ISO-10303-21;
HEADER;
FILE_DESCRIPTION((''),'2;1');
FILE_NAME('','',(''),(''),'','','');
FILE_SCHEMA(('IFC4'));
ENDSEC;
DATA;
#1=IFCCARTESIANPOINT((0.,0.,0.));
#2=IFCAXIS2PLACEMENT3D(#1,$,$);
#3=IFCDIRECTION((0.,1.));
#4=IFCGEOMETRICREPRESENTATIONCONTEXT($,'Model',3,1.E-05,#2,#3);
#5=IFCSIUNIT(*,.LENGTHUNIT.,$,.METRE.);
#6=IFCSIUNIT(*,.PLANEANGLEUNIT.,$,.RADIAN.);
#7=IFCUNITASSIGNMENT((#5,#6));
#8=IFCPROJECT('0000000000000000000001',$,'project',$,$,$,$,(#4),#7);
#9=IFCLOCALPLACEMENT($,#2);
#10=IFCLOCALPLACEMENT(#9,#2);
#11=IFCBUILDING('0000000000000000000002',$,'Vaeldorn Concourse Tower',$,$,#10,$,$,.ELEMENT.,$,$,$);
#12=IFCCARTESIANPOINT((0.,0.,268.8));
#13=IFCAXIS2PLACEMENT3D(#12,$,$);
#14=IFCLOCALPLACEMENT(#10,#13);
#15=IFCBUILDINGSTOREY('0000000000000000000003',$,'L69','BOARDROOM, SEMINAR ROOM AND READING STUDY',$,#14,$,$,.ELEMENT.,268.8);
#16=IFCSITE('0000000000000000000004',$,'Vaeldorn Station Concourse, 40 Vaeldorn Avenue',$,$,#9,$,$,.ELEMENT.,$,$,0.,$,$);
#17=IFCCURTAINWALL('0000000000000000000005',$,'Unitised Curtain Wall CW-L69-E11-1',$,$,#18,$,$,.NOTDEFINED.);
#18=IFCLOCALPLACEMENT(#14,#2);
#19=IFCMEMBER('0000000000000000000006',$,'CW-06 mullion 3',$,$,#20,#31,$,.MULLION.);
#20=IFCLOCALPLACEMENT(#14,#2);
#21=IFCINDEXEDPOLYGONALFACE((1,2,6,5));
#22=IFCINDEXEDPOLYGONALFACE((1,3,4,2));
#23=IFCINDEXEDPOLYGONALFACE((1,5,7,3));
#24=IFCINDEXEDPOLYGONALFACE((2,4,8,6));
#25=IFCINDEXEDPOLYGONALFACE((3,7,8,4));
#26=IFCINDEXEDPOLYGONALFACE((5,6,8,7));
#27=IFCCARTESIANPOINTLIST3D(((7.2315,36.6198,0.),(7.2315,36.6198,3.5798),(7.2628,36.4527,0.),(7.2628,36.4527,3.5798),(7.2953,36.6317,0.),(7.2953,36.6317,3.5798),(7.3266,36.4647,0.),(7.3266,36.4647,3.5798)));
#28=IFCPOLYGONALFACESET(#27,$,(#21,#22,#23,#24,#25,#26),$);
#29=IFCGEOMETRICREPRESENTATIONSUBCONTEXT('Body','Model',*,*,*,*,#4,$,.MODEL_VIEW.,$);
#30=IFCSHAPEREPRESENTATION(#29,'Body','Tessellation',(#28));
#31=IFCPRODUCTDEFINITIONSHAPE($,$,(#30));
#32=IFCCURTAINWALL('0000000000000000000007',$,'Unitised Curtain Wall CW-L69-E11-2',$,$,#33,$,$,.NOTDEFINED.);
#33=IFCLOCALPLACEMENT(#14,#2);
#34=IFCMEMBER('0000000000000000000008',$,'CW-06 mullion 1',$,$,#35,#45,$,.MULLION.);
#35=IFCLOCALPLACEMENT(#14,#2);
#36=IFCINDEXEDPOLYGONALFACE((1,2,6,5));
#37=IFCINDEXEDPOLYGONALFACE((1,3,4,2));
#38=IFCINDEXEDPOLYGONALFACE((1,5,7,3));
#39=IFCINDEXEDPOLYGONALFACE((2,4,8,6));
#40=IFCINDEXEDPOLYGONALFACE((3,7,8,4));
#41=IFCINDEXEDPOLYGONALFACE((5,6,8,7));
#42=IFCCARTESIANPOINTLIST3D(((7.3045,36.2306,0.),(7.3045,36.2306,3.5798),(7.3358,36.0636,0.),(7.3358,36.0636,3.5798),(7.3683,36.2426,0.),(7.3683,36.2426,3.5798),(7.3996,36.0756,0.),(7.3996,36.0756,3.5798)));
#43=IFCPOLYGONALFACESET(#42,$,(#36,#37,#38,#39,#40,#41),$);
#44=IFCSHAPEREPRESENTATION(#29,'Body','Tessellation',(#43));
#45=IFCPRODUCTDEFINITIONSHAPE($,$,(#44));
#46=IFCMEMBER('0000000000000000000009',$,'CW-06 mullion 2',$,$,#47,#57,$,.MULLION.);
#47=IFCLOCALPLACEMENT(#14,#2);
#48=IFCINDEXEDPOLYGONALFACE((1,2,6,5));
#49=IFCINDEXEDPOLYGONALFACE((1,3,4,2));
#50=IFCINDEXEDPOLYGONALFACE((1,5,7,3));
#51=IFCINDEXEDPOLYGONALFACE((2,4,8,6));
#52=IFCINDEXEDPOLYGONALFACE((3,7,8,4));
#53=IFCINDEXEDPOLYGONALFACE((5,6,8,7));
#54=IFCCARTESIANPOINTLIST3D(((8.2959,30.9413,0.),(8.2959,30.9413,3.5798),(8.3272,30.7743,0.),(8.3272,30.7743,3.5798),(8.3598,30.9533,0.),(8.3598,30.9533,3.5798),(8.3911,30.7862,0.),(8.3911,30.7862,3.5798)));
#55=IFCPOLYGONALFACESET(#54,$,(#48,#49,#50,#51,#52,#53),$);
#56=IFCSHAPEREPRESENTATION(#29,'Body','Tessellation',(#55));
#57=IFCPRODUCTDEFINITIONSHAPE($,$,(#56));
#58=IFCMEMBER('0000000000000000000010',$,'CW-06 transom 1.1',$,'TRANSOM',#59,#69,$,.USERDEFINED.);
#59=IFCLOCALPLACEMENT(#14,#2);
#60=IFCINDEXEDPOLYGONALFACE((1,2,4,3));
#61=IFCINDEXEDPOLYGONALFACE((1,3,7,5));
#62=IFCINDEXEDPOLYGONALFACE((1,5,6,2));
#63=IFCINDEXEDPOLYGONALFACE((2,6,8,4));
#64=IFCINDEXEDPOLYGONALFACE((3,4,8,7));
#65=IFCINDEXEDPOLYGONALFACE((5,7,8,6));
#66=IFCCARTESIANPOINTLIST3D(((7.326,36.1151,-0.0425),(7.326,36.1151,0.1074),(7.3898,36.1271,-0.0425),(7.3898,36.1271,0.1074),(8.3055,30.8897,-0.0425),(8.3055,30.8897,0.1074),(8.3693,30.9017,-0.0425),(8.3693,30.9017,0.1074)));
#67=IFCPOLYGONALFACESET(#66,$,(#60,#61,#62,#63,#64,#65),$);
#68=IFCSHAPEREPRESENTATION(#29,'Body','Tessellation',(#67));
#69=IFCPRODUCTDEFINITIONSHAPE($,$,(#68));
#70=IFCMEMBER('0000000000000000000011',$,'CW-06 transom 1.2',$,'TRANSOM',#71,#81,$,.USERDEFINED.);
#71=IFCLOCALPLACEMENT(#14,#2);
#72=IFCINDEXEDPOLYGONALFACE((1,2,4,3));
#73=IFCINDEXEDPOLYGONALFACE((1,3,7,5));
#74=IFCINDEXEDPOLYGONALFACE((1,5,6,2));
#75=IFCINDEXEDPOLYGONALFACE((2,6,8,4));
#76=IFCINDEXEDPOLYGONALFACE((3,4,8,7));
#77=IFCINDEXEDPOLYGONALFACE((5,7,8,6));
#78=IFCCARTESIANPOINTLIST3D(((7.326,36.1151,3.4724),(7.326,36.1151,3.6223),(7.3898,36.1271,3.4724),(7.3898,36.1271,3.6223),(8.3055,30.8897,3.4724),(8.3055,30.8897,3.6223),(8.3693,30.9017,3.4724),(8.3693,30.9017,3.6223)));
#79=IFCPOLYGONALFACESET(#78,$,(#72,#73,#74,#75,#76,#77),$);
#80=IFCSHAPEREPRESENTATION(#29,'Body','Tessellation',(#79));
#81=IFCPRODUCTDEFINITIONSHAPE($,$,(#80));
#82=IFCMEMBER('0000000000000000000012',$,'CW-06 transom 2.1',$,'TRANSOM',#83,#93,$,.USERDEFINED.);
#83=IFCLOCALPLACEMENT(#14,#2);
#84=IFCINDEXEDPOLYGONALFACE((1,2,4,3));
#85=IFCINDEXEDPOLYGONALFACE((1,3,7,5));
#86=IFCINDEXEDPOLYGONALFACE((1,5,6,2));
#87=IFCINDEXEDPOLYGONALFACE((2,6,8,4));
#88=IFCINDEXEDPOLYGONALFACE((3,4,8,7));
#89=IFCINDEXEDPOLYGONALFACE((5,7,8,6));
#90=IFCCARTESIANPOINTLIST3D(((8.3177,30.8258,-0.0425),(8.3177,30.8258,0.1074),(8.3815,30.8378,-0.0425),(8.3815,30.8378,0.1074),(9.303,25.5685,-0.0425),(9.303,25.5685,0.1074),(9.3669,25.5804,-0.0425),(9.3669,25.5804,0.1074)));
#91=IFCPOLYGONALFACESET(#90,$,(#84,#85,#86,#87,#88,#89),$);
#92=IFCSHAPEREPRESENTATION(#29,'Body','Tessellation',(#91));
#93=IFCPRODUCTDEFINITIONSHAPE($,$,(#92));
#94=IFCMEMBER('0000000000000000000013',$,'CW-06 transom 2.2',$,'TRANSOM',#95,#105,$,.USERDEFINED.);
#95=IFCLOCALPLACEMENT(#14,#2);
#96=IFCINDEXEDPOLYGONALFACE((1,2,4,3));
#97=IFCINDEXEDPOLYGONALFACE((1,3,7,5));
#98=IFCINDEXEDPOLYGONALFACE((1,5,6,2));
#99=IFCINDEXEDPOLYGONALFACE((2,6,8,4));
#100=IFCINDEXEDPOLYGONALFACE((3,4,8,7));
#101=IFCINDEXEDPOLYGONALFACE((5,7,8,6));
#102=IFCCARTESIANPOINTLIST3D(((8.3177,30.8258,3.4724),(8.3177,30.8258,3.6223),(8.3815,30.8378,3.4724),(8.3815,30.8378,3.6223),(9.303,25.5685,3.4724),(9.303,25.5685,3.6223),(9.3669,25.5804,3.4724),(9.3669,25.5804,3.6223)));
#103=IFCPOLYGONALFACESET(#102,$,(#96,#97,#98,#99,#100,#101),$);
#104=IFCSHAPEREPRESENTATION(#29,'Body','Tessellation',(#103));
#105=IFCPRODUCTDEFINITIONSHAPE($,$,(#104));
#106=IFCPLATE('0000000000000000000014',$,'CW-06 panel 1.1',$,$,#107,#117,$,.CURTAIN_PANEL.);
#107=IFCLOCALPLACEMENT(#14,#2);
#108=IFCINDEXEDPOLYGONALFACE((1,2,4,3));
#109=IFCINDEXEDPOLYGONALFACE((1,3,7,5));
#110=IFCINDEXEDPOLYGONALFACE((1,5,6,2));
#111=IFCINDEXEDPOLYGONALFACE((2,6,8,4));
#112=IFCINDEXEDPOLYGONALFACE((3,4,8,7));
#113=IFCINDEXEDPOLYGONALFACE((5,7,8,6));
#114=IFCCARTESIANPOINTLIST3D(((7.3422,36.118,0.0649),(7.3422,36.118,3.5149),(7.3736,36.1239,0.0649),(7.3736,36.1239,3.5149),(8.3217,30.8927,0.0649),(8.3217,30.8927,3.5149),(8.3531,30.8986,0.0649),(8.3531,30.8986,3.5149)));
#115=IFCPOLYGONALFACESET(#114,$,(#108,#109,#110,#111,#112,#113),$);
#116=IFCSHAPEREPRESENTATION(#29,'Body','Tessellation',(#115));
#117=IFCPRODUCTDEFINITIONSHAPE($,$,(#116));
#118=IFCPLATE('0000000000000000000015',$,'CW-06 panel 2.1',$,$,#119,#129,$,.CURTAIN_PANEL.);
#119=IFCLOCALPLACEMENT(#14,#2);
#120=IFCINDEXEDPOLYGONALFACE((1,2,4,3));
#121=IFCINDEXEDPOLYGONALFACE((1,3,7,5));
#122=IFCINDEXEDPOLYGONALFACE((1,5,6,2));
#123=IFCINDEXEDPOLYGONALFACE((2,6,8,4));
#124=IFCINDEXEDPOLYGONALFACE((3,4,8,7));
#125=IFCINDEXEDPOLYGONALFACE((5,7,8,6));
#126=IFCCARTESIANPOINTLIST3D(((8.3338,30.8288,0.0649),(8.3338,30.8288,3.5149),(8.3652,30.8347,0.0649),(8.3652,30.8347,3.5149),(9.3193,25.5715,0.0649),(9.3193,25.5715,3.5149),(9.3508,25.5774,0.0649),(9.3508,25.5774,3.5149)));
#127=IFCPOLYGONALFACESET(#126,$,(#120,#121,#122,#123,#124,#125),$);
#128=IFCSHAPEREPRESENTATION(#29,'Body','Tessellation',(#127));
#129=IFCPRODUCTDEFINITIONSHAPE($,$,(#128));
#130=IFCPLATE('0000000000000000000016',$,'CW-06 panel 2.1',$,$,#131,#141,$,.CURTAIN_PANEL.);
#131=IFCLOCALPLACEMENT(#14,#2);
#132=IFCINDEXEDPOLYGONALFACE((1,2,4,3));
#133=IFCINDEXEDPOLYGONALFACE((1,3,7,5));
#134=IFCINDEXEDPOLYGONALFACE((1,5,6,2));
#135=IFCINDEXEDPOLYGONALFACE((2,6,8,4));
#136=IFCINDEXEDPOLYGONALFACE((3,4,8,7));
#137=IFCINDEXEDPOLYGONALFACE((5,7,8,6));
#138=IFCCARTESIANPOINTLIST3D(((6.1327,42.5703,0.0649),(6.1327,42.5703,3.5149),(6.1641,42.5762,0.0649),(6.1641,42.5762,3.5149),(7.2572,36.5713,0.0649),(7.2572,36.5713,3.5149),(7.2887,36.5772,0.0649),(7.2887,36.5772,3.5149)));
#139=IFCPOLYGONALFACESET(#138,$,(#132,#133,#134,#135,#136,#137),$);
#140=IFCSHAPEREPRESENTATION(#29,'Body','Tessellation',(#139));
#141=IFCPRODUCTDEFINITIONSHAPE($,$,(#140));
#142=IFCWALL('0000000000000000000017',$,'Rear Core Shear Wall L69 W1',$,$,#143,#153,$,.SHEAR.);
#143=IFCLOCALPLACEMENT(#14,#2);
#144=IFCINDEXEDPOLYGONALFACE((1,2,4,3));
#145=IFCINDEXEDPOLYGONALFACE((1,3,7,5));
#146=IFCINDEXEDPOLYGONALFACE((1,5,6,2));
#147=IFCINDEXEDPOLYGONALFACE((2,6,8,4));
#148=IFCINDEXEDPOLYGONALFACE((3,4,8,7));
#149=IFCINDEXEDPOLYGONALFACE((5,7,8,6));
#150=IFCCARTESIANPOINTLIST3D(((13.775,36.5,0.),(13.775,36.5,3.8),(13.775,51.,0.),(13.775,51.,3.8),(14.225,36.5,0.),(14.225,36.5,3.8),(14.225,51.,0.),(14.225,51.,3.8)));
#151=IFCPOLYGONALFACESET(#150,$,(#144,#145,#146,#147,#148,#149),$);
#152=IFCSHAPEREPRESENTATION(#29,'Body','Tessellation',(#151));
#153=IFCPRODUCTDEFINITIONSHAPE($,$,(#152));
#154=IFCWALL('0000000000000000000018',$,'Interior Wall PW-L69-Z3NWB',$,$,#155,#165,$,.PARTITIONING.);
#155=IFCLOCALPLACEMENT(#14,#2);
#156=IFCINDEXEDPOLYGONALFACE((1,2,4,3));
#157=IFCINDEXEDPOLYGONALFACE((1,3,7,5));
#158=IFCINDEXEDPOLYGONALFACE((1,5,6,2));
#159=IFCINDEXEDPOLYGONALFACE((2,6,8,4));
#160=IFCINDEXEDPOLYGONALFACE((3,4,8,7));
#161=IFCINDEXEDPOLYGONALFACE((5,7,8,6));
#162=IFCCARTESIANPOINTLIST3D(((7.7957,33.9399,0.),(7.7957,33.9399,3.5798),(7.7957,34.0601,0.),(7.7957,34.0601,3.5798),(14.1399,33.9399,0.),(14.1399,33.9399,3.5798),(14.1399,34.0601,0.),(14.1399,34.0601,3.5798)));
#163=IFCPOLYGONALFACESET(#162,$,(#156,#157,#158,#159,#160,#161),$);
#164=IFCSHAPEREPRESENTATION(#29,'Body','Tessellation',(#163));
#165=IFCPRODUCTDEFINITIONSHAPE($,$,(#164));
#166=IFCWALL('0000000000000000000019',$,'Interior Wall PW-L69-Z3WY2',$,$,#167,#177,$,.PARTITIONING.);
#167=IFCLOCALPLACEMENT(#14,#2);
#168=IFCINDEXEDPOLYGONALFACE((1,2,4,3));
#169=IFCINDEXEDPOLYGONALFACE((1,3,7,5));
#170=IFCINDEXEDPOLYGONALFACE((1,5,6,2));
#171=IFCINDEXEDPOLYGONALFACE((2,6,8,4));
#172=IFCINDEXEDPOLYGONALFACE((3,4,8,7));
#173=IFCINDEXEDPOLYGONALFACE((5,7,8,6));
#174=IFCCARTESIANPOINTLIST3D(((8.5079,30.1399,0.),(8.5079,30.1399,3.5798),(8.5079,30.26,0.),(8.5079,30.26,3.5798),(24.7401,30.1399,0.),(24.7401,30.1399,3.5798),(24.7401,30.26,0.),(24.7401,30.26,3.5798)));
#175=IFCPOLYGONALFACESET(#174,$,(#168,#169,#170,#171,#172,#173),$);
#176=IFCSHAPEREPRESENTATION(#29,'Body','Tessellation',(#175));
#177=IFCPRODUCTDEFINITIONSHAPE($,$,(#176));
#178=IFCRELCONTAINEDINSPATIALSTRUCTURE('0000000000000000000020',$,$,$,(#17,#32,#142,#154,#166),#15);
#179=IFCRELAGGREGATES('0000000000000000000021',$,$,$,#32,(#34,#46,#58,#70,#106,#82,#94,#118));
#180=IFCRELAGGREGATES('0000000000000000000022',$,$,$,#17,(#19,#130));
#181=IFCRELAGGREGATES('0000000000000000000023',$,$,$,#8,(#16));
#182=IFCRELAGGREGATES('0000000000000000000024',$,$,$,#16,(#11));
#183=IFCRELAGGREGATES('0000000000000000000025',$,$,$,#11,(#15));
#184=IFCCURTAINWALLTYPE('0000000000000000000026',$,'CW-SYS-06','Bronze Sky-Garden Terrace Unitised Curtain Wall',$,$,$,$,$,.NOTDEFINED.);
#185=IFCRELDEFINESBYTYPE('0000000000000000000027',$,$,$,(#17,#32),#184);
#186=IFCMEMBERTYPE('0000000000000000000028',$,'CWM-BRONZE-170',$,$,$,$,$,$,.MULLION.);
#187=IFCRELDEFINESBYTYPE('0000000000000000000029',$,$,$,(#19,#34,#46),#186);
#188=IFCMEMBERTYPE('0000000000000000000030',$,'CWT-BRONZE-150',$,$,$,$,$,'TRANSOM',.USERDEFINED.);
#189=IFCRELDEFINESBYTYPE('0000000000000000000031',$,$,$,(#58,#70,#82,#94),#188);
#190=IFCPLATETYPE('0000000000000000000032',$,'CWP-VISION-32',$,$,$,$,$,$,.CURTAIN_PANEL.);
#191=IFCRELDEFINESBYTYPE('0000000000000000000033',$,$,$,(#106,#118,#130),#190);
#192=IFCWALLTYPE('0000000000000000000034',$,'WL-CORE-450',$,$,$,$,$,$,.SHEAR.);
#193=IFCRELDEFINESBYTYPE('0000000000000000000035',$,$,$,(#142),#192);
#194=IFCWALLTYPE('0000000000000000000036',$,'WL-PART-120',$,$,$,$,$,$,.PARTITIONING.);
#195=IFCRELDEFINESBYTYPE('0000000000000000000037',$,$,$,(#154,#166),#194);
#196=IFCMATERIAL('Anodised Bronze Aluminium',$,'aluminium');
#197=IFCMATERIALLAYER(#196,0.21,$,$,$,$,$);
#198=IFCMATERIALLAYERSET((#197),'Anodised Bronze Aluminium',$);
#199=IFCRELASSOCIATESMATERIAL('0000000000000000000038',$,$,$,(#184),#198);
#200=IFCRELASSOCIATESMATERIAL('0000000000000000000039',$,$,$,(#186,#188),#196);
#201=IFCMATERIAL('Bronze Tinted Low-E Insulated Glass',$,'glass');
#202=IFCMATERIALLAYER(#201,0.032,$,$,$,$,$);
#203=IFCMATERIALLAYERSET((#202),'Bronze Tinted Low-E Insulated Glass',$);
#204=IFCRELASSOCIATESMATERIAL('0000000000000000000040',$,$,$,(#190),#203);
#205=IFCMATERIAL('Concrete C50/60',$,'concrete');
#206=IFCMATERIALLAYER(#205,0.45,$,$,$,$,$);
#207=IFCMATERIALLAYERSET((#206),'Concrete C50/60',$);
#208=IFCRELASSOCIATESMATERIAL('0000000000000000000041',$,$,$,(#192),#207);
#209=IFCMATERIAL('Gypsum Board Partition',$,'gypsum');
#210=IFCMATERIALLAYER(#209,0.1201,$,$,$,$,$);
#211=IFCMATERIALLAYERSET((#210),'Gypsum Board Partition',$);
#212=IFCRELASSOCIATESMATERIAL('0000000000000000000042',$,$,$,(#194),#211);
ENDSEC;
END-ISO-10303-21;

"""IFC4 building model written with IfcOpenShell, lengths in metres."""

from ifc_helpers import new_model, si_unit, direction, frame, frame_2d, origin, origin_2d, place, context, subcontext, project, spatial, rectangle, extrude, source, transform, mapped, material, layer, layer_set, material_profile, profile_set, type_object, element, aggregate, save


model = new_model("IFC4")

# Units and contexts
model_context = context("Model", 3, precision=1e-05, world=origin(), true_north=direction((0.0, 1.0)))
body_context = subcontext(model_context, "Body", "Model", "MODEL_VIEW")
ifc_project = project(units=[si_unit("LENGTHUNIT", "METRE"), si_unit("PLANEANGLEUNIT", "RADIAN")], contexts=[model_context])

# Site, building, storey
site_placement = place(None, origin())
site = spatial("IfcSite", under=ifc_project, at=site_placement, Name="Vaeldorn Station Concourse, 40 Vaeldorn Avenue", CompositionType="ELEMENT", RefElevation=0.0)
building_placement = place(site_placement, origin())
building = spatial("IfcBuilding", under=site, at=building_placement, Name="Vaeldorn Concourse Tower", CompositionType="ELEMENT")
storey_placement = place(building_placement, frame((0.0, 0.0, 268.8)))
storey = spatial("IfcBuildingStorey", under=building, at=storey_placement, Name="L69", Description="BOARDROOM, SEMINAR ROOM AND READING STUDY", CompositionType="ELEMENT", Elevation=268.8)

# Shared definitions
ifc_material_1 = material(Name="Concrete C50/60", Category="concrete")

# Curtain wall, member
ifc_material_2 = material(Name="Anodised Bronze Aluminium", Category="aluminium")
ifc_layer_1 = layer(ifc_material_2, 0.21)
ifc_layer_set_1 = layer_set([ifc_layer_1], Name="Anodised Bronze Aluminium")
curtain_wall_type = type_object("IfcCurtainWallType", Name="CW-SYS-06", Description="Bronze Sky-Garden Terrace Unitised Curtain Wall", PredefinedType="NOTDEFINED", material=ifc_layer_set_1)
curtain_wall_1_placement = place(storey_placement, origin())
curtain_wall_1 = element("IfcCurtainWall", 1, at=curtain_wall_1_placement, inside=storey, type_object=curtain_wall_type, Name="Unitised Curtain Wall CW-L69-E11-1", PredefinedType="NOTDEFINED")
ifc_material_profile_1 = material_profile(ifc_material_2, rectangle(XDim=0.0649, YDim=0.1699, at=origin_2d()), Name="CWM 65x170")
ifc_profile_set_1 = profile_set([ifc_material_profile_1], Name="Anodised Bronze Aluminium")
member_type_1 = type_object("IfcMemberType", Name="CWM-BRONZE-170", PredefinedType="MULLION", material=ifc_profile_set_1)
shared_shape_1 = source(origin(), body_context, "Body", "SweptSolid", [
    extrude(rectangle(XDim=0.0649, YDim=0.1699, at=origin_2d()), origin(), (0.0, 0.0, 1.0), 3.5798),
])
member_1_placement = place(storey_placement, frame((7.2791, 36.5422, 0.0), z_axis=(0.0, 0.0, 1.0), x_axis=(0.98288, 0.184246, 0.0)))
member_1 = element("IfcMember", 2, at=member_1_placement, type_object=member_type_1, Name="CW-06 mullion 3", PredefinedType="MULLION", context=body_context, shape_type="MappedRepresentation", body=[
    mapped(shared_shape_1, transform((0.0, 0.0, 0.0), scale=1.0)),
])

# Curtain wall, members, plates
curtain_wall_2_placement = place(storey_placement, origin())
curtain_wall_2 = element("IfcCurtainWall", 3, at=curtain_wall_2_placement, inside=storey, type_object=curtain_wall_type, Name="Unitised Curtain Wall CW-L69-E11-2", PredefinedType="NOTDEFINED")
member_2_placement = place(storey_placement, frame((7.3521, 36.1531, 0.0), z_axis=(0.0, 0.0, 1.0), x_axis=(0.98288, 0.184247, 0.0)))
member_2 = element("IfcMember", 4, at=member_2_placement, type_object=member_type_1, Name="CW-06 mullion 1", PredefinedType="MULLION", context=body_context, shape_type="MappedRepresentation", body=[
    mapped(shared_shape_1, transform((0.0, 0.0, 0.0), scale=1.0)),
])
member_3_placement = place(storey_placement, frame((8.3435, 30.8638, 0.0), z_axis=(0.0, 0.0, 1.0), x_axis=(0.98288, 0.184247, 0.0)))
member_3 = element("IfcMember", 5, at=member_3_placement, type_object=member_type_1, Name="CW-06 mullion 2", PredefinedType="MULLION", context=body_context, shape_type="MappedRepresentation", body=[
    mapped(shared_shape_1, transform((0.0, 0.0, 0.0), scale=1.0)),
])
ifc_material_profile_2 = material_profile(ifc_material_2, rectangle(XDim=0.0649, YDim=0.1499, at=origin_2d()), Name="CWT 65x150")
ifc_profile_set_2 = profile_set([ifc_material_profile_2], Name="Anodised Bronze Aluminium")
member_type_2 = type_object("IfcMemberType", Name="CWT-BRONZE-150", ElementType="TRANSOM", PredefinedType="USERDEFINED", material=ifc_profile_set_2)
shared_shape_2 = source(origin(), body_context, "Body", "SweptSolid", [
    extrude(rectangle(XDim=0.0649, YDim=0.1499, at=origin_2d()), origin(), (0.0, 0.0, 1.0), 5.3164),
])
member_4_placement = place(storey_placement, frame((7.3579, 36.1211, 0.0325), z_axis=(0.184241, -0.982881, 0.0), x_axis=(0.982881, 0.184241, 0.0)))
member_4 = element("IfcMember", 6, at=member_4_placement, type_object=member_type_2, Name="CW-06 transom 1.1", ObjectType="TRANSOM", PredefinedType="USERDEFINED", context=body_context, shape_type="MappedRepresentation", body=[
    mapped(shared_shape_2, transform((0.0, 0.0, 0.0), scale=1.0)),
])
member_5_placement = place(storey_placement, frame((7.3579, 36.1211, 3.5474), z_axis=(0.184241, -0.982881, 0.0), x_axis=(0.982881, 0.184241, 0.0)))
member_5 = element("IfcMember", 7, at=member_5_placement, type_object=member_type_2, Name="CW-06 transom 1.2", ObjectType="TRANSOM", PredefinedType="USERDEFINED", context=body_context, shape_type="MappedRepresentation", body=[
    mapped(shared_shape_2, transform((0.0, 0.0, 0.0), scale=1.0)),
])
shared_shape_3 = source(origin(), body_context, "Body", "SweptSolid", [
    extrude(rectangle(XDim=0.0649, YDim=0.1499, at=origin_2d()), origin(), (0.0, 0.0, 1.0), 5.3489),
])
member_6_placement = place(storey_placement, frame((8.3496, 30.8318, 0.0325), z_axis=(0.184217, -0.982886, 0.0), x_axis=(0.982886, 0.184217, 0.0)))
member_6 = element("IfcMember", 8, at=member_6_placement, type_object=member_type_2, Name="CW-06 transom 2.1", ObjectType="TRANSOM", PredefinedType="USERDEFINED", context=body_context, shape_type="MappedRepresentation", body=[
    mapped(shared_shape_3, transform((0.0, 0.0, 0.0), scale=1.0)),
])
member_7_placement = place(storey_placement, frame((8.3496, 30.8318, 3.5474), z_axis=(0.184217, -0.982886, 0.0), x_axis=(0.982886, 0.184217, 0.0)))
member_7 = element("IfcMember", 9, at=member_7_placement, type_object=member_type_2, Name="CW-06 transom 2.2", ObjectType="TRANSOM", PredefinedType="USERDEFINED", context=body_context, shape_type="MappedRepresentation", body=[
    mapped(shared_shape_3, transform((0.0, 0.0, 0.0), scale=1.0)),
])
ifc_material_3 = material(Name="Bronze Tinted Low-E Insulated Glass", Category="glass")
ifc_layer_2 = layer(ifc_material_3, 0.032)
ifc_layer_set_2 = layer_set([ifc_layer_2], Name="Bronze Tinted Low-E Insulated Glass")
plate_type = type_object("IfcPlateType", Name="CWP-VISION-32", PredefinedType="CURTAIN_PANEL", material=ifc_layer_set_2)
shared_shape_4 = source(origin(), body_context, "Body", "SweptSolid", [
    extrude(rectangle(XDim=5.3164, YDim=0.032, at=origin_2d()), origin(), (0.0, 0.0, 1.0), 3.45),
])
plate_1_placement = place(storey_placement, frame((7.8477, 33.5083, 0.0649), z_axis=(0.0, 0.0, 1.0), x_axis=(0.184247, -0.98288, 0.0)))
plate_1 = element("IfcPlate", 10, at=plate_1_placement, type_object=plate_type, Name="CW-06 panel 1.1", PredefinedType="CURTAIN_PANEL", context=body_context, shape_type="MappedRepresentation", body=[
    mapped(shared_shape_4, transform((0.0, 0.0, 0.0), scale=1.0)),
])
shared_shape_5 = source(origin(), body_context, "Body", "SweptSolid", [
    extrude(rectangle(XDim=5.3489, YDim=0.032, at=origin_2d()), origin(), (0.0, 0.0, 1.0), 3.45),
])
plate_2_placement = place(storey_placement, frame((8.8423, 28.2031, 0.0649), z_axis=(0.0, 0.0, 1.0), x_axis=(0.184247, -0.98288, 0.0)))
plate_2 = element("IfcPlate", 11, at=plate_2_placement, type_object=plate_type, Name="CW-06 panel 2.1", PredefinedType="CURTAIN_PANEL", context=body_context, shape_type="MappedRepresentation", body=[
    mapped(shared_shape_5, transform((0.0, 0.0, 0.0), scale=1.0)),
])
aggregate(curtain_wall_2, [member_2, member_3, member_4, member_5, plate_1, member_6, member_7, plate_2])

# Plate
shared_shape_6 = source(origin(), body_context, "Body", "SweptSolid", [
    extrude(rectangle(XDim=6.1035, YDim=0.032, at=origin_2d()), origin(), (0.0, 0.0, 1.0), 3.45),
])
plate_3_placement = place(storey_placement, frame((6.7107, 39.5737, 0.0649), z_axis=(0.0, 0.0, 1.0), x_axis=(0.184246, -0.98288, 0.0)))
plate_3 = element("IfcPlate", 12, at=plate_3_placement, type_object=plate_type, Name="CW-06 panel 2.1", PredefinedType="CURTAIN_PANEL", context=body_context, shape_type="MappedRepresentation", body=[
    mapped(shared_shape_6, transform((0.0, 0.0, 0.0), scale=1.0)),
])
aggregate(curtain_wall_1, [member_1, plate_3])

# Walls
ifc_layer_3 = layer(ifc_material_1, 0.45)
ifc_layer_set_3 = layer_set([ifc_layer_3], Name="Concrete C50/60")
wall_type_1 = type_object("IfcWallType", Name="WL-CORE-450", PredefinedType="SHEAR", material=ifc_layer_set_3)
wall_1_placement = place(storey_placement, frame((14.0, 36.5, 0.0), z_axis=(0.0, 0.0, 1.0), x_axis=(0.0, 1.0, 0.0)))
element("IfcWall", 13, at=wall_1_placement, inside=storey, type_object=wall_type_1, Name="Rear Core Shear Wall L69 W1", PredefinedType="SHEAR", context=body_context, shape_type="SweptSolid", body=[
    extrude(rectangle(XDim=14.5, YDim=0.45, at=frame_2d((7.25, 0.0))), origin(), (0.0, 0.0, 1.0), 3.8),
])
ifc_material_4 = material(Name="Gypsum Board Partition", Category="gypsum")
ifc_layer_4 = layer(ifc_material_4, 0.1201)
ifc_layer_set_4 = layer_set([ifc_layer_4], Name="Gypsum Board Partition")
wall_type_2 = type_object("IfcWallType", Name="WL-PART-120", PredefinedType="PARTITIONING", material=ifc_layer_set_4)
wall_2_placement = place(storey_placement, frame((7.7957, 34.0, 0.0), z_axis=(0.0, 0.0, 1.0), x_axis=(1.0, 0.0, 0.0)))
element("IfcWall", 14, at=wall_2_placement, inside=storey, type_object=wall_type_2, Name="Interior Wall PW-L69-Z3NWB", PredefinedType="PARTITIONING", context=body_context, shape_type="SweptSolid", body=[
    extrude(rectangle(XDim=6.3442, YDim=0.1201, at=frame_2d((3.1721, 0.0))), origin(), (0.0, 0.0, 1.0), 3.5798),
])
wall_3_placement = place(storey_placement, frame((8.5078, 30.2, 0.0), z_axis=(0.0, 0.0, 1.0), x_axis=(1.0, 0.0, 0.0)))
element("IfcWall", 15, at=wall_3_placement, inside=storey, type_object=wall_type_2, Name="Interior Wall PW-L69-Z3WY2", PredefinedType="PARTITIONING", context=body_context, shape_type="SweptSolid", body=[
    extrude(rectangle(XDim=16.2322, YDim=0.1201, at=frame_2d((8.1162, 0.0))), origin(), (0.0, 0.0, 1.0), 3.5798),
])

save(model, "model.ifc")
